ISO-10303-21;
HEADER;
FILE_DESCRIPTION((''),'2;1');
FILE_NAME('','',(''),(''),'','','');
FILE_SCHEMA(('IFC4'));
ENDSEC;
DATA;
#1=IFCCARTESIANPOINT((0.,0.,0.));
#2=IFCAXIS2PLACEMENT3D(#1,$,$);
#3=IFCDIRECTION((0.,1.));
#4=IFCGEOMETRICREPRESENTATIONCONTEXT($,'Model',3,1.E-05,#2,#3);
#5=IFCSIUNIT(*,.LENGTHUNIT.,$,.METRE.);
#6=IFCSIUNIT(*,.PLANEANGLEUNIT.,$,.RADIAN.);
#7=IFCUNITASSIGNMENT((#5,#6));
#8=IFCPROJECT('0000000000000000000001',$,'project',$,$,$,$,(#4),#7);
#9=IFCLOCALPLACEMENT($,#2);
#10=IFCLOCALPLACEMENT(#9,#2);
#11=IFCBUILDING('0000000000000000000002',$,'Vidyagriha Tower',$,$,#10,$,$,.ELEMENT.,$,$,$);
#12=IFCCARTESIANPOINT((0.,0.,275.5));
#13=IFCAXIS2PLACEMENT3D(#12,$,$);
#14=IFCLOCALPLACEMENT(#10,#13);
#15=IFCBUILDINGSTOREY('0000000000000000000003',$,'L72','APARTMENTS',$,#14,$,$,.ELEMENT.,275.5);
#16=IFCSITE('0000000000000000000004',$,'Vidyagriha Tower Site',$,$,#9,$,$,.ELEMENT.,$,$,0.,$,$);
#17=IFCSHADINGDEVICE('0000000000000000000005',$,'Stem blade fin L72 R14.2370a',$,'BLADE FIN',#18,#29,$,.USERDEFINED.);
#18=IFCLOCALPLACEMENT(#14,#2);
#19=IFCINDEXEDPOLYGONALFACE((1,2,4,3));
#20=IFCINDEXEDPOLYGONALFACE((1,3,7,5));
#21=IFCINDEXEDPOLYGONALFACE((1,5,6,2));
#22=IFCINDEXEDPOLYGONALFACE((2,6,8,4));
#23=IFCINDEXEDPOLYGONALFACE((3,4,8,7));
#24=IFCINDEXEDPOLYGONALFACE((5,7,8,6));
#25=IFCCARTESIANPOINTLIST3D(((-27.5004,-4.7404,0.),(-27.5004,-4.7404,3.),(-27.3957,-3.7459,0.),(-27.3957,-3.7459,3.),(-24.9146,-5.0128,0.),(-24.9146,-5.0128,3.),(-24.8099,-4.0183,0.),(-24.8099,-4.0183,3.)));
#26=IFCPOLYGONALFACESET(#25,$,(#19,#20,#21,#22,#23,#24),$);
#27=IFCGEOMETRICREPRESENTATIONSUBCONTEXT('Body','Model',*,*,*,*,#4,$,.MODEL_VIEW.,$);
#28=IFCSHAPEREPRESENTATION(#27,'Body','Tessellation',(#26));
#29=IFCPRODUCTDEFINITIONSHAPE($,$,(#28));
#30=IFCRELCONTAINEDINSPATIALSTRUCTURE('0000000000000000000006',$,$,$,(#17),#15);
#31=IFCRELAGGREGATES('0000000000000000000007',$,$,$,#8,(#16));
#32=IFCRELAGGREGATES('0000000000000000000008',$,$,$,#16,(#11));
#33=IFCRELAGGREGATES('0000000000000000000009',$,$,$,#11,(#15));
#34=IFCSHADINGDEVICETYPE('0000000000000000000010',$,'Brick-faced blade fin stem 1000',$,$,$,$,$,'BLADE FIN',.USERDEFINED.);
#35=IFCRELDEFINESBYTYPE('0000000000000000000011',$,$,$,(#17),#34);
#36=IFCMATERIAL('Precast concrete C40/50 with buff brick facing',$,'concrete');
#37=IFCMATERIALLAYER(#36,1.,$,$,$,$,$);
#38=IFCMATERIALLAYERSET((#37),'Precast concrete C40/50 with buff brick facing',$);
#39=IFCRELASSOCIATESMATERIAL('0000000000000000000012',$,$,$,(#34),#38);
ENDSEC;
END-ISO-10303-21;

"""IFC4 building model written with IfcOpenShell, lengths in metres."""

from ifc_helpers import new_model, si_unit, direction, frame, origin, place, context, subcontext, project, spatial, polyline, outline, extrude, material, layer, layer_set, type_object, element, save


model = new_model("IFC4")

# Units and contexts
model_context = context("Model", 3, precision=1e-05, world=origin(), true_north=direction((0.0, 1.0)))
body_context = subcontext(model_context, "Body", "Model", "MODEL_VIEW")
ifc_project = project(units=[si_unit("LENGTHUNIT", "METRE"), si_unit("PLANEANGLEUNIT", "RADIAN")], contexts=[model_context])

# Site, building, storey
site_placement = place(None, origin())
site = spatial("IfcSite", under=ifc_project, at=site_placement, Name="Vidyagriha Tower Site", CompositionType="ELEMENT", RefElevation=0.0)
building_placement = place(site_placement, origin())
building = spatial("IfcBuilding", under=site, at=building_placement, Name="Vidyagriha Tower", CompositionType="ELEMENT")
storey_placement = place(building_placement, frame((0.0, 0.0, 275.5)))
storey = spatial("IfcBuildingStorey", under=building, at=storey_placement, Name="L72", Description="APARTMENTS", CompositionType="ELEMENT", Elevation=275.5)

# Shading device
ifc_material_1 = material(Name="Precast concrete C40/50 with buff brick facing", Category="concrete")
ifc_layer_1 = layer(ifc_material_1, 1.0)
ifc_layer_set_1 = layer_set([ifc_layer_1], Name="Precast concrete C40/50 with buff brick facing")
shading_device_type = type_object("IfcShadingDeviceType", Name="Brick-faced blade fin stem 1000", ElementType="BLADE FIN", PredefinedType="USERDEFINED", material=ifc_layer_set_1)
shading_device_placement = place(storey_placement, frame((-26.1028, -3.8821, 0.0), z_axis=(0.0, 0.0, 1.0), x_axis=(-0.104748, -0.994499, 0.0)))
element("IfcShadingDevice", 1, at=shading_device_placement, inside=storey, type_object=shading_device_type, Name="Stem blade fin L72 R14.2370a", ObjectType="BLADE FIN", PredefinedType="USERDEFINED", context=body_context, shape_type="SweptSolid", body=[
    extrude(outline(polyline([(0.0, 0.0), (1.0, 0.0), (1.0, 3.0), (0.0, 3.0), (0.0, 0.0)])), frame((0.0, 1.3, 0.0), z_axis=(0.0, -1.0, 0.0), x_axis=(1.0, 0.0, 0.0)), (0.0, 0.0, 1.0), 2.6001),
])

save(model, "model.ifc")
